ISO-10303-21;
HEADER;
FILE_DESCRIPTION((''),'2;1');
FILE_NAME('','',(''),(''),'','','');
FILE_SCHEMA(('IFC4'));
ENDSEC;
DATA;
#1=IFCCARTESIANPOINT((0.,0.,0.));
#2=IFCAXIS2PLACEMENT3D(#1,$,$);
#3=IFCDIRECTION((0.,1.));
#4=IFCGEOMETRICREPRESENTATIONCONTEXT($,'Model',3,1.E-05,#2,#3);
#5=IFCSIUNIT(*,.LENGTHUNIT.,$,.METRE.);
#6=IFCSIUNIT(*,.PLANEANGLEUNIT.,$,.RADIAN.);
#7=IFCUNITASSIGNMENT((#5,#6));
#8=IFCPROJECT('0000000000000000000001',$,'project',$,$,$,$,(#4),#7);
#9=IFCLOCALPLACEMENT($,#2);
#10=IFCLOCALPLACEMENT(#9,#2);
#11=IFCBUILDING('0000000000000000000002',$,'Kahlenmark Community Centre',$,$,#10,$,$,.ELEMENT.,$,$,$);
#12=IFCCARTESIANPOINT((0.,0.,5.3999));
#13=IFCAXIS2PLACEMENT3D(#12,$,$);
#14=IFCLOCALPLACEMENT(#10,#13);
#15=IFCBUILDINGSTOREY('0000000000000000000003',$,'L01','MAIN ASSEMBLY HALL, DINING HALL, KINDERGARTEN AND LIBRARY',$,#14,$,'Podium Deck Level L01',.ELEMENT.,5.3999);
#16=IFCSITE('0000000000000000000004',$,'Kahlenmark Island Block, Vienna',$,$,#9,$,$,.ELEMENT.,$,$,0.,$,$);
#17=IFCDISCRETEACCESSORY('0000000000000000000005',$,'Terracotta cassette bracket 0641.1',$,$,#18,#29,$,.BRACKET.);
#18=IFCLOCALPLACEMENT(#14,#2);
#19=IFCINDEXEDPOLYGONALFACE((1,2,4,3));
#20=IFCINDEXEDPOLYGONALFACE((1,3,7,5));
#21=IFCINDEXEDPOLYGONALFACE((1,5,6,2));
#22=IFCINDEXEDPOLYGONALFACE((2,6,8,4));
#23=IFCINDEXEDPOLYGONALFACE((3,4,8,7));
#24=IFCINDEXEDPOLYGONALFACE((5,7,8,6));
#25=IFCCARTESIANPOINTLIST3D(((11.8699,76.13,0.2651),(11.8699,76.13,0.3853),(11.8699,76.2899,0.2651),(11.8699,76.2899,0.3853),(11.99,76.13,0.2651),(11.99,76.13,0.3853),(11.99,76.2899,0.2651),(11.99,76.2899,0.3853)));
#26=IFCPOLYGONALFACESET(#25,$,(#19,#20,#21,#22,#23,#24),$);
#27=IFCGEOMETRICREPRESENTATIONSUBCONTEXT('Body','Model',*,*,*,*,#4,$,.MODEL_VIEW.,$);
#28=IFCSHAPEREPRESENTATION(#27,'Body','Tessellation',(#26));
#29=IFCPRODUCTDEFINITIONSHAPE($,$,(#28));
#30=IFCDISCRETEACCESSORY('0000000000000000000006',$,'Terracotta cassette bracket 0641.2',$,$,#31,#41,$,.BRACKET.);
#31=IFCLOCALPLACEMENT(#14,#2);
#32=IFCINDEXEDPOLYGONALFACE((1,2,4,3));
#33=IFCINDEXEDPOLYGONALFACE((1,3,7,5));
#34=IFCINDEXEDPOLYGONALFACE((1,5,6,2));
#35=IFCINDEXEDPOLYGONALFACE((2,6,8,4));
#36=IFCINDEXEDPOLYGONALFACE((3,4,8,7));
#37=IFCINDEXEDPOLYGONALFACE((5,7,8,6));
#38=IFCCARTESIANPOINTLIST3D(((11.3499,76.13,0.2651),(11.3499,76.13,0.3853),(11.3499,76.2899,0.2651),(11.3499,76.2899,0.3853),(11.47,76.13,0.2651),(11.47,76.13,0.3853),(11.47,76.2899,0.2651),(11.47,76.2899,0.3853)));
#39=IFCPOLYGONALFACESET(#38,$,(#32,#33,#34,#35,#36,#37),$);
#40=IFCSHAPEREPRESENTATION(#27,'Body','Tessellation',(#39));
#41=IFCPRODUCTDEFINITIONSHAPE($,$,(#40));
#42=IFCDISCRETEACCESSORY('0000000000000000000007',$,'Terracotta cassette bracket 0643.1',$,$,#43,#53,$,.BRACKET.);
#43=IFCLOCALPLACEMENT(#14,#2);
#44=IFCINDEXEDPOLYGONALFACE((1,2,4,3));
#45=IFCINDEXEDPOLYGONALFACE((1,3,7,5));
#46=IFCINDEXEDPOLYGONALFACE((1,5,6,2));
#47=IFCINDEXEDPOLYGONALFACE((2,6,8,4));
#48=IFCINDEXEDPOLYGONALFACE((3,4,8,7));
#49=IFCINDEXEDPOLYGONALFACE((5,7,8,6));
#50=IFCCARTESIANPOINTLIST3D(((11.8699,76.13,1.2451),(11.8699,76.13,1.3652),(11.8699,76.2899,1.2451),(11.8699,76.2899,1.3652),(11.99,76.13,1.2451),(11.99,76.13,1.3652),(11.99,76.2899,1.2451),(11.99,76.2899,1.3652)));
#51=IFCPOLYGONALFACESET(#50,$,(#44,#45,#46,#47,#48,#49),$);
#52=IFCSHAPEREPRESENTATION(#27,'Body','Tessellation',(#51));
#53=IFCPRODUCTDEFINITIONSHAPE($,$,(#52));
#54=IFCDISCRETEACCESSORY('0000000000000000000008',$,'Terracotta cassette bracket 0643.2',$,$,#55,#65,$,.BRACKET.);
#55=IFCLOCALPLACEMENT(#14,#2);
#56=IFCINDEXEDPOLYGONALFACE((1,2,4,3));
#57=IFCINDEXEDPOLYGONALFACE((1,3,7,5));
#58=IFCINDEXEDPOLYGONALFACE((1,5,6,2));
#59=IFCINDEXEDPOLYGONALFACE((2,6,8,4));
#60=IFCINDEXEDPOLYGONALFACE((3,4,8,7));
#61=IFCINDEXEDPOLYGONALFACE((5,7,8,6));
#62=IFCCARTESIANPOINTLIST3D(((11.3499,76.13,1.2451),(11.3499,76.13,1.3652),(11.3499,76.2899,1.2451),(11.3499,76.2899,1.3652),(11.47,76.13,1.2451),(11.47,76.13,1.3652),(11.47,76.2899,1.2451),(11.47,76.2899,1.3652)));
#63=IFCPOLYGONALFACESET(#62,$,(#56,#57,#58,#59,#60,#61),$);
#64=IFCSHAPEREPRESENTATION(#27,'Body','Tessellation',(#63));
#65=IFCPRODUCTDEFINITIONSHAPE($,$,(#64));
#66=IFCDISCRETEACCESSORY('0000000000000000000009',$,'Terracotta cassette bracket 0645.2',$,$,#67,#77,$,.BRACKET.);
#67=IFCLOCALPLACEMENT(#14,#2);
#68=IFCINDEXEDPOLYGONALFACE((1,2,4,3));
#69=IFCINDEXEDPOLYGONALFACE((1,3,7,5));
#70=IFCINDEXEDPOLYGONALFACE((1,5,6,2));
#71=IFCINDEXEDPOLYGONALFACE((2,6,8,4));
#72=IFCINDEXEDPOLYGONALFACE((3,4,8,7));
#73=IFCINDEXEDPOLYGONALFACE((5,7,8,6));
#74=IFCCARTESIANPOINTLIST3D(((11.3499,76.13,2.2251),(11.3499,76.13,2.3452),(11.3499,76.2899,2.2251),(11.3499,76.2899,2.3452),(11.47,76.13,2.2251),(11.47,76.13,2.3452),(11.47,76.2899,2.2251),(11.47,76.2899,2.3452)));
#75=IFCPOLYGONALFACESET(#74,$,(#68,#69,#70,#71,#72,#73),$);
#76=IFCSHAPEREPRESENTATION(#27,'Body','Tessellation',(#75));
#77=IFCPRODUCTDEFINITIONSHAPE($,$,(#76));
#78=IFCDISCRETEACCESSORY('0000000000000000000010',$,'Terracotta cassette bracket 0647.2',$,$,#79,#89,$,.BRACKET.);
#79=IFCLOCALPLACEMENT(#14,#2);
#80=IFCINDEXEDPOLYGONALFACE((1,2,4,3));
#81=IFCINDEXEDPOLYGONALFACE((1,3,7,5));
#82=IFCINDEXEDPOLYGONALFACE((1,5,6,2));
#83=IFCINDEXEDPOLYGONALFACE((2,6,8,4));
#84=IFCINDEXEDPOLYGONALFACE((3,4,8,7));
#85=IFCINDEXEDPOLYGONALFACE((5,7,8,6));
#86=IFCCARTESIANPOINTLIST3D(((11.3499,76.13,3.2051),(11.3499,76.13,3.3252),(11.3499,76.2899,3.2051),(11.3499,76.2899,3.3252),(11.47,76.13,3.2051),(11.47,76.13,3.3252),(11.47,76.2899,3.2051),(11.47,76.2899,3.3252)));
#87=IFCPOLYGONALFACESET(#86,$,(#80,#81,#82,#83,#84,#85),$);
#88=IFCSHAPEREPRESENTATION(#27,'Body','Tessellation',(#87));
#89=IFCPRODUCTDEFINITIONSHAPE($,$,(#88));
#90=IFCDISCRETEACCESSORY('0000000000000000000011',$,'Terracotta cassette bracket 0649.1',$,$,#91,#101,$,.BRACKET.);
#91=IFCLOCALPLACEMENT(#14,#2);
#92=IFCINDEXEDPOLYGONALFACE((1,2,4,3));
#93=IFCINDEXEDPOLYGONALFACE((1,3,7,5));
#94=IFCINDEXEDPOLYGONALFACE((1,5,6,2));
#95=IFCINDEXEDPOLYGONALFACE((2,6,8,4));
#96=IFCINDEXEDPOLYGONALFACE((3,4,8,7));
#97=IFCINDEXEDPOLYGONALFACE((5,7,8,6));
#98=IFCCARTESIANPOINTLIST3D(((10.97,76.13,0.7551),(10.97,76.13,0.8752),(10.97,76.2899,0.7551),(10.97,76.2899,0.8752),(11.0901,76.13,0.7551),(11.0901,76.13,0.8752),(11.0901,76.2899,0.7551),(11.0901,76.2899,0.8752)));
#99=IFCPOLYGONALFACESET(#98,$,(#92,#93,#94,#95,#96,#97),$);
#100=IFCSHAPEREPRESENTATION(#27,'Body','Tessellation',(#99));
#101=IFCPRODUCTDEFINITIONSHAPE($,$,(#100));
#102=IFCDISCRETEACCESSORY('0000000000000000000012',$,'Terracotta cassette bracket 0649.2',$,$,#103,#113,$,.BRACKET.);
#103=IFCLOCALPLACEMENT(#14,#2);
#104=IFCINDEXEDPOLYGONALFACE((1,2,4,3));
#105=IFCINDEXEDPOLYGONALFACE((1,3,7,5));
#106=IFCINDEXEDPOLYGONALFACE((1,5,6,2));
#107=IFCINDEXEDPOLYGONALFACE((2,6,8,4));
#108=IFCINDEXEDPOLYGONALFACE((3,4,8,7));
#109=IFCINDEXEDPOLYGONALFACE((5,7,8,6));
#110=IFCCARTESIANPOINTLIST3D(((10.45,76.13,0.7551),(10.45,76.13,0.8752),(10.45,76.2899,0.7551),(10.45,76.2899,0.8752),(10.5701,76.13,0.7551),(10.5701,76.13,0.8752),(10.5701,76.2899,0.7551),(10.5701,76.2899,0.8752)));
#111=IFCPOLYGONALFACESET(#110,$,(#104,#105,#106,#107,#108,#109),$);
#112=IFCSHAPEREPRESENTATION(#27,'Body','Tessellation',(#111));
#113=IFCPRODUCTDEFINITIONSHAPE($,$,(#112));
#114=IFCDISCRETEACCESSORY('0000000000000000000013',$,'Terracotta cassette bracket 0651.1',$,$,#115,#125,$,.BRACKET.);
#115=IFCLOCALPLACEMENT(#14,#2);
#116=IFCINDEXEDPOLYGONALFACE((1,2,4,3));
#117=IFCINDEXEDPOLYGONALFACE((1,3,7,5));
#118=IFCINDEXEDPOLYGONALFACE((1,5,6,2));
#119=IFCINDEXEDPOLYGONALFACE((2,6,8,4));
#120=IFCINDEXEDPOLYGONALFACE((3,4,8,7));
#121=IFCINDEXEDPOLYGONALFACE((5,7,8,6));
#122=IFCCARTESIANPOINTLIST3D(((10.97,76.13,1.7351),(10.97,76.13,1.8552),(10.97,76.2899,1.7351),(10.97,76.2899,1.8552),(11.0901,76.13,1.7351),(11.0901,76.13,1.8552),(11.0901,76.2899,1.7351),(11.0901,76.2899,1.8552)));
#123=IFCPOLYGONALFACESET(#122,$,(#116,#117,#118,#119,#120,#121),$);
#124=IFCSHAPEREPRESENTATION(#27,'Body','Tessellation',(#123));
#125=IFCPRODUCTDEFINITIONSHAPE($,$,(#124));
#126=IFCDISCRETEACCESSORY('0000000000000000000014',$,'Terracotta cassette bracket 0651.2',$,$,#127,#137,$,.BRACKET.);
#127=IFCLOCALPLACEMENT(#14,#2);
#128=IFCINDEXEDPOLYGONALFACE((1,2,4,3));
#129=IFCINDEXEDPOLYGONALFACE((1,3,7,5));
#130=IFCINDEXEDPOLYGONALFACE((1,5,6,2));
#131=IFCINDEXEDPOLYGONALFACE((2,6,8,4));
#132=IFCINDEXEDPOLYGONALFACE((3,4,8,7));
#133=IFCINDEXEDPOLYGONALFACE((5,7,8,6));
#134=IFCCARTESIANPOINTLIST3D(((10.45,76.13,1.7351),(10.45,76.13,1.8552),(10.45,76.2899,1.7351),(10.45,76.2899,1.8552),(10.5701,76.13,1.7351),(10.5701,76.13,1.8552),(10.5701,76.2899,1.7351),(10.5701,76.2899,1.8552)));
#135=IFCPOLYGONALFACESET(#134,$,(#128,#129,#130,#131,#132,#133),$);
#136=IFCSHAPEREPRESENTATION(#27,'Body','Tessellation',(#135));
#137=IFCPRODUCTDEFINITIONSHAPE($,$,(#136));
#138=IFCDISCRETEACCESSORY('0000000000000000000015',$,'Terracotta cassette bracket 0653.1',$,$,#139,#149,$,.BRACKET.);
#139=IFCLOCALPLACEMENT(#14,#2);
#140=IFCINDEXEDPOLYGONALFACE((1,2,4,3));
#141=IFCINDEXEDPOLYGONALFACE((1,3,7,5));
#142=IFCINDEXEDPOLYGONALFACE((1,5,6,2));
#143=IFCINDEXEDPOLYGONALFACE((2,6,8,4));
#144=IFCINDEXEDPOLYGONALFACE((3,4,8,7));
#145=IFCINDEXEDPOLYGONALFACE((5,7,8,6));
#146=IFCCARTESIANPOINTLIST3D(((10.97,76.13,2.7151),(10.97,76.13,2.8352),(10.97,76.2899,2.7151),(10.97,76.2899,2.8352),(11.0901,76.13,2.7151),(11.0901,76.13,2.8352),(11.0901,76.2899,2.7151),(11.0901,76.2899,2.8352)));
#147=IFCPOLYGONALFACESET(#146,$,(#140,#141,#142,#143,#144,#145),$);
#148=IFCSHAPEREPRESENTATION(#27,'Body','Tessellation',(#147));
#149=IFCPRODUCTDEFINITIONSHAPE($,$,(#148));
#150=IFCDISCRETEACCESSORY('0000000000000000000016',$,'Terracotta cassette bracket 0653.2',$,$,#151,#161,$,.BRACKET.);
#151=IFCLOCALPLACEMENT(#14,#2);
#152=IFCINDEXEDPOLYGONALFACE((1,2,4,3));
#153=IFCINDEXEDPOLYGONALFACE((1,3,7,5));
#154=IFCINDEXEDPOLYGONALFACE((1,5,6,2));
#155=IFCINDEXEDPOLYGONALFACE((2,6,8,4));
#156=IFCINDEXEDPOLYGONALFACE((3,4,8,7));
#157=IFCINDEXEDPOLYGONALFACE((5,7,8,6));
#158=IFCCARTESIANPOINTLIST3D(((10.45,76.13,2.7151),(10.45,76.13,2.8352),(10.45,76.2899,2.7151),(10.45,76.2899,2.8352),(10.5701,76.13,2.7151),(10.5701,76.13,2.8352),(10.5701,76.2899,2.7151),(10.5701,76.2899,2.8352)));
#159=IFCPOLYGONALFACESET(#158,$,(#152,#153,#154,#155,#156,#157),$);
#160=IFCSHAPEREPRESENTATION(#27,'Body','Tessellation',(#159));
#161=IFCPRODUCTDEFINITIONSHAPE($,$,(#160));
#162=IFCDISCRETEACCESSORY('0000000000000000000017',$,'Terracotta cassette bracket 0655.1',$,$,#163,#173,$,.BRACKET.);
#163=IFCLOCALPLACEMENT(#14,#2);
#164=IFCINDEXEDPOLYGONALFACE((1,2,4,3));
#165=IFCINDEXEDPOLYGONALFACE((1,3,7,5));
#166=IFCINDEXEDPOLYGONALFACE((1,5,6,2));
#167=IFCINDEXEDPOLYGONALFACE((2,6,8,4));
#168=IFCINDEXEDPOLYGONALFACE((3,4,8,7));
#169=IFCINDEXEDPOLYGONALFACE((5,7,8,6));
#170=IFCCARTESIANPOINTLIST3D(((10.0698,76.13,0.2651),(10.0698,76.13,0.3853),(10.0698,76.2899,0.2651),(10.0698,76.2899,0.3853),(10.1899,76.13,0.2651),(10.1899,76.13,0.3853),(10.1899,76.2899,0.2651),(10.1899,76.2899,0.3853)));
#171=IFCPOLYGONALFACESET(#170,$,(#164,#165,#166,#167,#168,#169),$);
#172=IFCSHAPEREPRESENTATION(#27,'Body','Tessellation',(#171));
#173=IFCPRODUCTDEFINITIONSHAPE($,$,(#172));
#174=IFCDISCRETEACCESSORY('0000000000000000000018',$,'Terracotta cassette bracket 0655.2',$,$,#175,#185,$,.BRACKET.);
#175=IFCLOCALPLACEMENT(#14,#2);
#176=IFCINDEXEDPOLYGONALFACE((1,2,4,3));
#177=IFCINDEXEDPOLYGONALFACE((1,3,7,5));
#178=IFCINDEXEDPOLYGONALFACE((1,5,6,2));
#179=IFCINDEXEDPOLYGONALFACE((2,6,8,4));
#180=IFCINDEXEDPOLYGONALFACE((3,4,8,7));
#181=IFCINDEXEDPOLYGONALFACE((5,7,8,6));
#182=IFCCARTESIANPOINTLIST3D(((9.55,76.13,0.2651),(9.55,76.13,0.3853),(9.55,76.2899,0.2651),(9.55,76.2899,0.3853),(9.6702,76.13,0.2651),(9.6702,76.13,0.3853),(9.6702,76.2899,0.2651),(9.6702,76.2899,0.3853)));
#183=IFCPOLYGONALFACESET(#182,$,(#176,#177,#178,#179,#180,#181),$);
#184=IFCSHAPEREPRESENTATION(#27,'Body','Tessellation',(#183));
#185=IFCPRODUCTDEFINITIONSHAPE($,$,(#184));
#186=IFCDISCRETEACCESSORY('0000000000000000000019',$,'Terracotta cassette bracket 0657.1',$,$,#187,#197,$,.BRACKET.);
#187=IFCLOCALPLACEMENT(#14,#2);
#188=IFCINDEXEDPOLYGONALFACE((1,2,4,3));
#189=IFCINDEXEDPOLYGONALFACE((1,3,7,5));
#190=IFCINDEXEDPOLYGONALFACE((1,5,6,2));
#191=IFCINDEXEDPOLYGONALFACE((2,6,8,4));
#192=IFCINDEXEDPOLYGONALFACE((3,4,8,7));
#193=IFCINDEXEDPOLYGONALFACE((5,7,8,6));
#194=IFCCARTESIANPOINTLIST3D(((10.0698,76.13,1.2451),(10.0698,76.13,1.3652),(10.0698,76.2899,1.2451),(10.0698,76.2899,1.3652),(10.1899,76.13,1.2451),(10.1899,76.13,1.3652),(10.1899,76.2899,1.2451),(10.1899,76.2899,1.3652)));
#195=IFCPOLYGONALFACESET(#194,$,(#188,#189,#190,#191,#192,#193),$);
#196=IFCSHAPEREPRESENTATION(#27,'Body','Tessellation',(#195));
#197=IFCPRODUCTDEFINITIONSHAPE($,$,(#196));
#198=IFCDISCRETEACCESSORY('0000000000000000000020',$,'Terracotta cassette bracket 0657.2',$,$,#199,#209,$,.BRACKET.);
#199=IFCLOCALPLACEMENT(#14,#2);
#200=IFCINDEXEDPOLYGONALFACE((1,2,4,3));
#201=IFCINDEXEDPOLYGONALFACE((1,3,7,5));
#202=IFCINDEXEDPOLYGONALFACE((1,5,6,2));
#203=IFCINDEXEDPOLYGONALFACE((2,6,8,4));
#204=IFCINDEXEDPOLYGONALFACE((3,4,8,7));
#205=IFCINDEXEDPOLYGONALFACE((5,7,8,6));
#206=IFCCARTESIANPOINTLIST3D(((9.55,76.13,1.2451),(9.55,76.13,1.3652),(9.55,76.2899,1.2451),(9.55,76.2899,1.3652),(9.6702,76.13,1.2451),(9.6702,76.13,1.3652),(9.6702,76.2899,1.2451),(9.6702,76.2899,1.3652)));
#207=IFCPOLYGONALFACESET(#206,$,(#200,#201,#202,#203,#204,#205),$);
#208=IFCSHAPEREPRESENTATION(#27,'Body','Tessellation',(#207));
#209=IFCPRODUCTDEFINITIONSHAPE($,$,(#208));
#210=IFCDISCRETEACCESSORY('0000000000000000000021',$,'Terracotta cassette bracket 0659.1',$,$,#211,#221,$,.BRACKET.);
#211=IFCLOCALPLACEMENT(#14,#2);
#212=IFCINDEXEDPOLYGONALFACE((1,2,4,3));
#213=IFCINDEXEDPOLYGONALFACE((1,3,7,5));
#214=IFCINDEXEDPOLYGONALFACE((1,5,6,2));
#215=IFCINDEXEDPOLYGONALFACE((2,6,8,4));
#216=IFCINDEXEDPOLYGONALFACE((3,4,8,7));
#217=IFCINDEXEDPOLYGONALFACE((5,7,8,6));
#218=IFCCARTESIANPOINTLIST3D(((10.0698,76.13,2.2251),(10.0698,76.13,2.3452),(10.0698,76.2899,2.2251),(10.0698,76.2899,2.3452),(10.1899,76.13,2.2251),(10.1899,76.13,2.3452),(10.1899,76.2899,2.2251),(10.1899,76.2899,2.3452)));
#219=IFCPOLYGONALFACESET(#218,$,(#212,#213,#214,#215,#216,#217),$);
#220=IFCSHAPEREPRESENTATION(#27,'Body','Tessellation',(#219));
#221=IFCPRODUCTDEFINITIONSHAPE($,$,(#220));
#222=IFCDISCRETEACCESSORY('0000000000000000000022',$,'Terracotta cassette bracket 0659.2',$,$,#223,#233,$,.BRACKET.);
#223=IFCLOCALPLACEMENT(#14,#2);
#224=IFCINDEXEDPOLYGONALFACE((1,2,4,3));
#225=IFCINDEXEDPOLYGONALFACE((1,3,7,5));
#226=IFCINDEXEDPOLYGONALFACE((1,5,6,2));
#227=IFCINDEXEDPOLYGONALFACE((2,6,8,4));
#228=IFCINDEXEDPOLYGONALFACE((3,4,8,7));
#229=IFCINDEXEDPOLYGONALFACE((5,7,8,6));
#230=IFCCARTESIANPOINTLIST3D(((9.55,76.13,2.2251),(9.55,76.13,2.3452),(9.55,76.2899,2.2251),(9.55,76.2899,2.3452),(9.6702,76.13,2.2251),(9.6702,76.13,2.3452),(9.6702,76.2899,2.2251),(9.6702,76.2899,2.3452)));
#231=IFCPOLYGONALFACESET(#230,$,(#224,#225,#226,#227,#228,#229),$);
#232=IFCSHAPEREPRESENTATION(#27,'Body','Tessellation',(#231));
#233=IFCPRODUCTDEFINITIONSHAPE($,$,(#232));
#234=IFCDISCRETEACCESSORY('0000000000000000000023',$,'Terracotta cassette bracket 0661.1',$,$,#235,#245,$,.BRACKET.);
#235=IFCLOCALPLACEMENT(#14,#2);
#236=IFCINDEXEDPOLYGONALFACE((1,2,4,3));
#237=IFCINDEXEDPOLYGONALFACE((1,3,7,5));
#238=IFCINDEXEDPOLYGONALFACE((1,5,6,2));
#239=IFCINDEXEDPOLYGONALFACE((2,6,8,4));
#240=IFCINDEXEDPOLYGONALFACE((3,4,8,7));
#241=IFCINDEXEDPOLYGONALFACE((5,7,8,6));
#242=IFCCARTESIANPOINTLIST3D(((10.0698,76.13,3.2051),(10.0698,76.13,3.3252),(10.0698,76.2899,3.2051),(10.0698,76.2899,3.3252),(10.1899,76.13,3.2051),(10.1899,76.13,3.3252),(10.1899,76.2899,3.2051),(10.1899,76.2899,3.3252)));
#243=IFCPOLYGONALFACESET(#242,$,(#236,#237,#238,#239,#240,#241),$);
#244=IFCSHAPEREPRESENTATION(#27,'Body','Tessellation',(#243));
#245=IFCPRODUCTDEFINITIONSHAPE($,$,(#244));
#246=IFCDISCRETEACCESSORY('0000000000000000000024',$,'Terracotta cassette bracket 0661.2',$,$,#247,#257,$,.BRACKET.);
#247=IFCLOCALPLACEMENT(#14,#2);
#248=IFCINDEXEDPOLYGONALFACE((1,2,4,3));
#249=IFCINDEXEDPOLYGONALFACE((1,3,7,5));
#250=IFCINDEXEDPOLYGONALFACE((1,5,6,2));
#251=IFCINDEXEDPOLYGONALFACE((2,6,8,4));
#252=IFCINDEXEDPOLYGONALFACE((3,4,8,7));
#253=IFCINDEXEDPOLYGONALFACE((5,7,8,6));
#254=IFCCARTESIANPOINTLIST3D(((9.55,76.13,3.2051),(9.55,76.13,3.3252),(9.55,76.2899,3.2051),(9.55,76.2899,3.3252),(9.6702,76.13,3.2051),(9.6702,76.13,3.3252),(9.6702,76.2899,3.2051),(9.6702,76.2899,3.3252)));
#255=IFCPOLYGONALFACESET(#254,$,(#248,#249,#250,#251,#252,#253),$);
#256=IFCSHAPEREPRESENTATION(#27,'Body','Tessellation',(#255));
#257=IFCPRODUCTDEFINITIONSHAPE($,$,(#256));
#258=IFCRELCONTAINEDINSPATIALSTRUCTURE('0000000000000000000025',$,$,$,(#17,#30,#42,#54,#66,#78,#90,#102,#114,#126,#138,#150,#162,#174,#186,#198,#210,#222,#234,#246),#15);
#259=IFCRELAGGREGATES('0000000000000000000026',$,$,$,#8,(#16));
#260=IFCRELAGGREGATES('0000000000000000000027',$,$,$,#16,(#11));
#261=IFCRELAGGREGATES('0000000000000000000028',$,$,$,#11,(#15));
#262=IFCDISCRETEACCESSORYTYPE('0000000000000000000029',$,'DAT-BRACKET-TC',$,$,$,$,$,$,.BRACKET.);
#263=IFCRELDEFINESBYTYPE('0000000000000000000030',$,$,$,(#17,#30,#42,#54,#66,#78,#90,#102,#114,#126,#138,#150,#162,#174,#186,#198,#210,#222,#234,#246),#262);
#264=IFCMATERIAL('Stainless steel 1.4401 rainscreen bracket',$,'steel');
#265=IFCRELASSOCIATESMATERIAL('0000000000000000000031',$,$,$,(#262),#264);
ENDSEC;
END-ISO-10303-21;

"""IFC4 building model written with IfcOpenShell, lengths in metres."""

from ifc_helpers import new_model, si_unit, direction, frame, origin, origin_2d, place, context, subcontext, project, spatial, rectangle, extrude, material, type_object, element, save


model = new_model("IFC4")

# Units and contexts
model_context = context("Model", 3, precision=1e-05, world=origin(), true_north=direction((0.0, 1.0)))
body_context = subcontext(model_context, "Body", "Model", "MODEL_VIEW")
ifc_project = project(units=[si_unit("LENGTHUNIT", "METRE"), si_unit("PLANEANGLEUNIT", "RADIAN")], contexts=[model_context])

# Site, building, storey
site_placement = place(None, origin())
site = spatial("IfcSite", under=ifc_project, at=site_placement, Name="Kahlenmark Island Block, Vienna", CompositionType="ELEMENT", RefElevation=0.0)
building_placement = place(site_placement, origin())
building = spatial("IfcBuilding", under=site, at=building_placement, Name="Kahlenmark Community Centre", CompositionType="ELEMENT")
storey_placement = place(building_placement, frame((0.0, 0.0, 5.3999)))
storey = spatial("IfcBuildingStorey", under=building, at=storey_placement, Name="L01", Description="MAIN ASSEMBLY HALL, DINING HALL, KINDERGARTEN AND LIBRARY", LongName="Podium Deck Level L01", CompositionType="ELEMENT", Elevation=5.3999)

# Discrete accessories
ifc_material = material(Name="Stainless steel 1.4401 rainscreen bracket", Category="steel")
discrete_accessory_type = type_object("IfcDiscreteAccessoryType", Name="DAT-BRACKET-TC", PredefinedType="BRACKET", material=ifc_material)
for number, where, z_axis, x_axis, name in (
    (1, (11.9299, 76.21, 0.2651), (0.0, 0.0, 1.0), (-1.0, 0.0, 0.0), "Terracotta cassette bracket 0641.1"),
    (2, (11.4099, 76.21, 0.2651), (0.0, 0.0, 1.0), (-1.0, 0.0, 0.0), "Terracotta cassette bracket 0641.2"),
    (3, (11.9299, 76.21, 1.2451), (0.0, 0.0, 1.0), (-1.0, 0.0, 0.0), "Terracotta cassette bracket 0643.1"),
    (4, (11.4099, 76.21, 1.2451), (0.0, 0.0, 1.0), (-1.0, 0.0, 0.0), "Terracotta cassette bracket 0643.2"),
    (5, (11.4099, 76.21, 2.2251), (0.0, 0.0, 1.0), (-1.0, 0.0, 0.0), "Terracotta cassette bracket 0645.2"),
    (6, (11.4099, 76.21, 3.2051), (0.0, 0.0, 1.0), (-1.0, 0.0, 0.0), "Terracotta cassette bracket 0647.2"),
    (7, (11.03, 76.21, 0.7551), (0.0, 0.0, 1.0), (-1.0, 0.0, 0.0), "Terracotta cassette bracket 0649.1"),
    (8, (10.51, 76.21, 0.7551), (0.0, 0.0, 1.0), (-1.0, 0.0, 0.0), "Terracotta cassette bracket 0649.2"),
    (9, (11.03, 76.21, 1.7351), (0.0, 0.0, 1.0), (-1.0, 0.0, 0.0), "Terracotta cassette bracket 0651.1"),
    (10, (10.51, 76.21, 1.7351), (0.0, 0.0, 1.0), (-1.0, 0.0, 0.0), "Terracotta cassette bracket 0651.2"),
    (11, (11.03, 76.21, 2.7151), (0.0, 0.0, 1.0), (-1.0, 0.0, 0.0), "Terracotta cassette bracket 0653.1"),
    (12, (10.51, 76.21, 2.7151), (0.0, 0.0, 1.0), (-1.0, 0.0, 0.0), "Terracotta cassette bracket 0653.2"),
    (13, (10.1299, 76.21, 0.2651), (0.0, 0.0, 1.0), (-1.0, 0.0, 0.0), "Terracotta cassette bracket 0655.1"),
    (14, (9.6101, 76.21, 0.2651), (0.0, 0.0, 1.0), (-1.0, 0.0, 0.0), "Terracotta cassette bracket 0655.2"),
    (15, (10.1299, 76.21, 1.2451), (0.0, 0.0, 1.0), (-1.0, 0.0, 0.0), "Terracotta cassette bracket 0657.1"),
    (16, (9.6101, 76.21, 1.2451), (0.0, 0.0, 1.0), (-1.0, 0.0, 0.0), "Terracotta cassette bracket 0657.2"),
    (17, (10.1299, 76.21, 2.2251), (0.0, 0.0, 1.0), (-1.0, 0.0, 0.0), "Terracotta cassette bracket 0659.1"),
    (18, (9.6101, 76.21, 2.2251), (0.0, 0.0, 1.0), (-1.0, 0.0, 0.0), "Terracotta cassette bracket 0659.2"),
    (19, (10.1299, 76.21, 3.2051), (0.0, 0.0, 1.0), (-1.0, 0.0, 0.0), "Terracotta cassette bracket 0661.1"),
    (20, (9.6101, 76.21, 3.2051), (0.0, 0.0, 1.0), (-1.0, 0.0, 0.0), "Terracotta cassette bracket 0661.2"),
):
    element("IfcDiscreteAccessory", number, at=place(storey_placement, frame(where, z_axis=z_axis, x_axis=x_axis)), inside=storey, type_object=discrete_accessory_type, Name=name, PredefinedType="BRACKET", context=body_context, shape_type="SweptSolid", body=[
        extrude(rectangle(XDim=0.1201, YDim=0.1599, at=origin_2d()), origin(), (0.0, 0.0, 1.0), 0.1201),
    ])

save(model, "model.ifc")
